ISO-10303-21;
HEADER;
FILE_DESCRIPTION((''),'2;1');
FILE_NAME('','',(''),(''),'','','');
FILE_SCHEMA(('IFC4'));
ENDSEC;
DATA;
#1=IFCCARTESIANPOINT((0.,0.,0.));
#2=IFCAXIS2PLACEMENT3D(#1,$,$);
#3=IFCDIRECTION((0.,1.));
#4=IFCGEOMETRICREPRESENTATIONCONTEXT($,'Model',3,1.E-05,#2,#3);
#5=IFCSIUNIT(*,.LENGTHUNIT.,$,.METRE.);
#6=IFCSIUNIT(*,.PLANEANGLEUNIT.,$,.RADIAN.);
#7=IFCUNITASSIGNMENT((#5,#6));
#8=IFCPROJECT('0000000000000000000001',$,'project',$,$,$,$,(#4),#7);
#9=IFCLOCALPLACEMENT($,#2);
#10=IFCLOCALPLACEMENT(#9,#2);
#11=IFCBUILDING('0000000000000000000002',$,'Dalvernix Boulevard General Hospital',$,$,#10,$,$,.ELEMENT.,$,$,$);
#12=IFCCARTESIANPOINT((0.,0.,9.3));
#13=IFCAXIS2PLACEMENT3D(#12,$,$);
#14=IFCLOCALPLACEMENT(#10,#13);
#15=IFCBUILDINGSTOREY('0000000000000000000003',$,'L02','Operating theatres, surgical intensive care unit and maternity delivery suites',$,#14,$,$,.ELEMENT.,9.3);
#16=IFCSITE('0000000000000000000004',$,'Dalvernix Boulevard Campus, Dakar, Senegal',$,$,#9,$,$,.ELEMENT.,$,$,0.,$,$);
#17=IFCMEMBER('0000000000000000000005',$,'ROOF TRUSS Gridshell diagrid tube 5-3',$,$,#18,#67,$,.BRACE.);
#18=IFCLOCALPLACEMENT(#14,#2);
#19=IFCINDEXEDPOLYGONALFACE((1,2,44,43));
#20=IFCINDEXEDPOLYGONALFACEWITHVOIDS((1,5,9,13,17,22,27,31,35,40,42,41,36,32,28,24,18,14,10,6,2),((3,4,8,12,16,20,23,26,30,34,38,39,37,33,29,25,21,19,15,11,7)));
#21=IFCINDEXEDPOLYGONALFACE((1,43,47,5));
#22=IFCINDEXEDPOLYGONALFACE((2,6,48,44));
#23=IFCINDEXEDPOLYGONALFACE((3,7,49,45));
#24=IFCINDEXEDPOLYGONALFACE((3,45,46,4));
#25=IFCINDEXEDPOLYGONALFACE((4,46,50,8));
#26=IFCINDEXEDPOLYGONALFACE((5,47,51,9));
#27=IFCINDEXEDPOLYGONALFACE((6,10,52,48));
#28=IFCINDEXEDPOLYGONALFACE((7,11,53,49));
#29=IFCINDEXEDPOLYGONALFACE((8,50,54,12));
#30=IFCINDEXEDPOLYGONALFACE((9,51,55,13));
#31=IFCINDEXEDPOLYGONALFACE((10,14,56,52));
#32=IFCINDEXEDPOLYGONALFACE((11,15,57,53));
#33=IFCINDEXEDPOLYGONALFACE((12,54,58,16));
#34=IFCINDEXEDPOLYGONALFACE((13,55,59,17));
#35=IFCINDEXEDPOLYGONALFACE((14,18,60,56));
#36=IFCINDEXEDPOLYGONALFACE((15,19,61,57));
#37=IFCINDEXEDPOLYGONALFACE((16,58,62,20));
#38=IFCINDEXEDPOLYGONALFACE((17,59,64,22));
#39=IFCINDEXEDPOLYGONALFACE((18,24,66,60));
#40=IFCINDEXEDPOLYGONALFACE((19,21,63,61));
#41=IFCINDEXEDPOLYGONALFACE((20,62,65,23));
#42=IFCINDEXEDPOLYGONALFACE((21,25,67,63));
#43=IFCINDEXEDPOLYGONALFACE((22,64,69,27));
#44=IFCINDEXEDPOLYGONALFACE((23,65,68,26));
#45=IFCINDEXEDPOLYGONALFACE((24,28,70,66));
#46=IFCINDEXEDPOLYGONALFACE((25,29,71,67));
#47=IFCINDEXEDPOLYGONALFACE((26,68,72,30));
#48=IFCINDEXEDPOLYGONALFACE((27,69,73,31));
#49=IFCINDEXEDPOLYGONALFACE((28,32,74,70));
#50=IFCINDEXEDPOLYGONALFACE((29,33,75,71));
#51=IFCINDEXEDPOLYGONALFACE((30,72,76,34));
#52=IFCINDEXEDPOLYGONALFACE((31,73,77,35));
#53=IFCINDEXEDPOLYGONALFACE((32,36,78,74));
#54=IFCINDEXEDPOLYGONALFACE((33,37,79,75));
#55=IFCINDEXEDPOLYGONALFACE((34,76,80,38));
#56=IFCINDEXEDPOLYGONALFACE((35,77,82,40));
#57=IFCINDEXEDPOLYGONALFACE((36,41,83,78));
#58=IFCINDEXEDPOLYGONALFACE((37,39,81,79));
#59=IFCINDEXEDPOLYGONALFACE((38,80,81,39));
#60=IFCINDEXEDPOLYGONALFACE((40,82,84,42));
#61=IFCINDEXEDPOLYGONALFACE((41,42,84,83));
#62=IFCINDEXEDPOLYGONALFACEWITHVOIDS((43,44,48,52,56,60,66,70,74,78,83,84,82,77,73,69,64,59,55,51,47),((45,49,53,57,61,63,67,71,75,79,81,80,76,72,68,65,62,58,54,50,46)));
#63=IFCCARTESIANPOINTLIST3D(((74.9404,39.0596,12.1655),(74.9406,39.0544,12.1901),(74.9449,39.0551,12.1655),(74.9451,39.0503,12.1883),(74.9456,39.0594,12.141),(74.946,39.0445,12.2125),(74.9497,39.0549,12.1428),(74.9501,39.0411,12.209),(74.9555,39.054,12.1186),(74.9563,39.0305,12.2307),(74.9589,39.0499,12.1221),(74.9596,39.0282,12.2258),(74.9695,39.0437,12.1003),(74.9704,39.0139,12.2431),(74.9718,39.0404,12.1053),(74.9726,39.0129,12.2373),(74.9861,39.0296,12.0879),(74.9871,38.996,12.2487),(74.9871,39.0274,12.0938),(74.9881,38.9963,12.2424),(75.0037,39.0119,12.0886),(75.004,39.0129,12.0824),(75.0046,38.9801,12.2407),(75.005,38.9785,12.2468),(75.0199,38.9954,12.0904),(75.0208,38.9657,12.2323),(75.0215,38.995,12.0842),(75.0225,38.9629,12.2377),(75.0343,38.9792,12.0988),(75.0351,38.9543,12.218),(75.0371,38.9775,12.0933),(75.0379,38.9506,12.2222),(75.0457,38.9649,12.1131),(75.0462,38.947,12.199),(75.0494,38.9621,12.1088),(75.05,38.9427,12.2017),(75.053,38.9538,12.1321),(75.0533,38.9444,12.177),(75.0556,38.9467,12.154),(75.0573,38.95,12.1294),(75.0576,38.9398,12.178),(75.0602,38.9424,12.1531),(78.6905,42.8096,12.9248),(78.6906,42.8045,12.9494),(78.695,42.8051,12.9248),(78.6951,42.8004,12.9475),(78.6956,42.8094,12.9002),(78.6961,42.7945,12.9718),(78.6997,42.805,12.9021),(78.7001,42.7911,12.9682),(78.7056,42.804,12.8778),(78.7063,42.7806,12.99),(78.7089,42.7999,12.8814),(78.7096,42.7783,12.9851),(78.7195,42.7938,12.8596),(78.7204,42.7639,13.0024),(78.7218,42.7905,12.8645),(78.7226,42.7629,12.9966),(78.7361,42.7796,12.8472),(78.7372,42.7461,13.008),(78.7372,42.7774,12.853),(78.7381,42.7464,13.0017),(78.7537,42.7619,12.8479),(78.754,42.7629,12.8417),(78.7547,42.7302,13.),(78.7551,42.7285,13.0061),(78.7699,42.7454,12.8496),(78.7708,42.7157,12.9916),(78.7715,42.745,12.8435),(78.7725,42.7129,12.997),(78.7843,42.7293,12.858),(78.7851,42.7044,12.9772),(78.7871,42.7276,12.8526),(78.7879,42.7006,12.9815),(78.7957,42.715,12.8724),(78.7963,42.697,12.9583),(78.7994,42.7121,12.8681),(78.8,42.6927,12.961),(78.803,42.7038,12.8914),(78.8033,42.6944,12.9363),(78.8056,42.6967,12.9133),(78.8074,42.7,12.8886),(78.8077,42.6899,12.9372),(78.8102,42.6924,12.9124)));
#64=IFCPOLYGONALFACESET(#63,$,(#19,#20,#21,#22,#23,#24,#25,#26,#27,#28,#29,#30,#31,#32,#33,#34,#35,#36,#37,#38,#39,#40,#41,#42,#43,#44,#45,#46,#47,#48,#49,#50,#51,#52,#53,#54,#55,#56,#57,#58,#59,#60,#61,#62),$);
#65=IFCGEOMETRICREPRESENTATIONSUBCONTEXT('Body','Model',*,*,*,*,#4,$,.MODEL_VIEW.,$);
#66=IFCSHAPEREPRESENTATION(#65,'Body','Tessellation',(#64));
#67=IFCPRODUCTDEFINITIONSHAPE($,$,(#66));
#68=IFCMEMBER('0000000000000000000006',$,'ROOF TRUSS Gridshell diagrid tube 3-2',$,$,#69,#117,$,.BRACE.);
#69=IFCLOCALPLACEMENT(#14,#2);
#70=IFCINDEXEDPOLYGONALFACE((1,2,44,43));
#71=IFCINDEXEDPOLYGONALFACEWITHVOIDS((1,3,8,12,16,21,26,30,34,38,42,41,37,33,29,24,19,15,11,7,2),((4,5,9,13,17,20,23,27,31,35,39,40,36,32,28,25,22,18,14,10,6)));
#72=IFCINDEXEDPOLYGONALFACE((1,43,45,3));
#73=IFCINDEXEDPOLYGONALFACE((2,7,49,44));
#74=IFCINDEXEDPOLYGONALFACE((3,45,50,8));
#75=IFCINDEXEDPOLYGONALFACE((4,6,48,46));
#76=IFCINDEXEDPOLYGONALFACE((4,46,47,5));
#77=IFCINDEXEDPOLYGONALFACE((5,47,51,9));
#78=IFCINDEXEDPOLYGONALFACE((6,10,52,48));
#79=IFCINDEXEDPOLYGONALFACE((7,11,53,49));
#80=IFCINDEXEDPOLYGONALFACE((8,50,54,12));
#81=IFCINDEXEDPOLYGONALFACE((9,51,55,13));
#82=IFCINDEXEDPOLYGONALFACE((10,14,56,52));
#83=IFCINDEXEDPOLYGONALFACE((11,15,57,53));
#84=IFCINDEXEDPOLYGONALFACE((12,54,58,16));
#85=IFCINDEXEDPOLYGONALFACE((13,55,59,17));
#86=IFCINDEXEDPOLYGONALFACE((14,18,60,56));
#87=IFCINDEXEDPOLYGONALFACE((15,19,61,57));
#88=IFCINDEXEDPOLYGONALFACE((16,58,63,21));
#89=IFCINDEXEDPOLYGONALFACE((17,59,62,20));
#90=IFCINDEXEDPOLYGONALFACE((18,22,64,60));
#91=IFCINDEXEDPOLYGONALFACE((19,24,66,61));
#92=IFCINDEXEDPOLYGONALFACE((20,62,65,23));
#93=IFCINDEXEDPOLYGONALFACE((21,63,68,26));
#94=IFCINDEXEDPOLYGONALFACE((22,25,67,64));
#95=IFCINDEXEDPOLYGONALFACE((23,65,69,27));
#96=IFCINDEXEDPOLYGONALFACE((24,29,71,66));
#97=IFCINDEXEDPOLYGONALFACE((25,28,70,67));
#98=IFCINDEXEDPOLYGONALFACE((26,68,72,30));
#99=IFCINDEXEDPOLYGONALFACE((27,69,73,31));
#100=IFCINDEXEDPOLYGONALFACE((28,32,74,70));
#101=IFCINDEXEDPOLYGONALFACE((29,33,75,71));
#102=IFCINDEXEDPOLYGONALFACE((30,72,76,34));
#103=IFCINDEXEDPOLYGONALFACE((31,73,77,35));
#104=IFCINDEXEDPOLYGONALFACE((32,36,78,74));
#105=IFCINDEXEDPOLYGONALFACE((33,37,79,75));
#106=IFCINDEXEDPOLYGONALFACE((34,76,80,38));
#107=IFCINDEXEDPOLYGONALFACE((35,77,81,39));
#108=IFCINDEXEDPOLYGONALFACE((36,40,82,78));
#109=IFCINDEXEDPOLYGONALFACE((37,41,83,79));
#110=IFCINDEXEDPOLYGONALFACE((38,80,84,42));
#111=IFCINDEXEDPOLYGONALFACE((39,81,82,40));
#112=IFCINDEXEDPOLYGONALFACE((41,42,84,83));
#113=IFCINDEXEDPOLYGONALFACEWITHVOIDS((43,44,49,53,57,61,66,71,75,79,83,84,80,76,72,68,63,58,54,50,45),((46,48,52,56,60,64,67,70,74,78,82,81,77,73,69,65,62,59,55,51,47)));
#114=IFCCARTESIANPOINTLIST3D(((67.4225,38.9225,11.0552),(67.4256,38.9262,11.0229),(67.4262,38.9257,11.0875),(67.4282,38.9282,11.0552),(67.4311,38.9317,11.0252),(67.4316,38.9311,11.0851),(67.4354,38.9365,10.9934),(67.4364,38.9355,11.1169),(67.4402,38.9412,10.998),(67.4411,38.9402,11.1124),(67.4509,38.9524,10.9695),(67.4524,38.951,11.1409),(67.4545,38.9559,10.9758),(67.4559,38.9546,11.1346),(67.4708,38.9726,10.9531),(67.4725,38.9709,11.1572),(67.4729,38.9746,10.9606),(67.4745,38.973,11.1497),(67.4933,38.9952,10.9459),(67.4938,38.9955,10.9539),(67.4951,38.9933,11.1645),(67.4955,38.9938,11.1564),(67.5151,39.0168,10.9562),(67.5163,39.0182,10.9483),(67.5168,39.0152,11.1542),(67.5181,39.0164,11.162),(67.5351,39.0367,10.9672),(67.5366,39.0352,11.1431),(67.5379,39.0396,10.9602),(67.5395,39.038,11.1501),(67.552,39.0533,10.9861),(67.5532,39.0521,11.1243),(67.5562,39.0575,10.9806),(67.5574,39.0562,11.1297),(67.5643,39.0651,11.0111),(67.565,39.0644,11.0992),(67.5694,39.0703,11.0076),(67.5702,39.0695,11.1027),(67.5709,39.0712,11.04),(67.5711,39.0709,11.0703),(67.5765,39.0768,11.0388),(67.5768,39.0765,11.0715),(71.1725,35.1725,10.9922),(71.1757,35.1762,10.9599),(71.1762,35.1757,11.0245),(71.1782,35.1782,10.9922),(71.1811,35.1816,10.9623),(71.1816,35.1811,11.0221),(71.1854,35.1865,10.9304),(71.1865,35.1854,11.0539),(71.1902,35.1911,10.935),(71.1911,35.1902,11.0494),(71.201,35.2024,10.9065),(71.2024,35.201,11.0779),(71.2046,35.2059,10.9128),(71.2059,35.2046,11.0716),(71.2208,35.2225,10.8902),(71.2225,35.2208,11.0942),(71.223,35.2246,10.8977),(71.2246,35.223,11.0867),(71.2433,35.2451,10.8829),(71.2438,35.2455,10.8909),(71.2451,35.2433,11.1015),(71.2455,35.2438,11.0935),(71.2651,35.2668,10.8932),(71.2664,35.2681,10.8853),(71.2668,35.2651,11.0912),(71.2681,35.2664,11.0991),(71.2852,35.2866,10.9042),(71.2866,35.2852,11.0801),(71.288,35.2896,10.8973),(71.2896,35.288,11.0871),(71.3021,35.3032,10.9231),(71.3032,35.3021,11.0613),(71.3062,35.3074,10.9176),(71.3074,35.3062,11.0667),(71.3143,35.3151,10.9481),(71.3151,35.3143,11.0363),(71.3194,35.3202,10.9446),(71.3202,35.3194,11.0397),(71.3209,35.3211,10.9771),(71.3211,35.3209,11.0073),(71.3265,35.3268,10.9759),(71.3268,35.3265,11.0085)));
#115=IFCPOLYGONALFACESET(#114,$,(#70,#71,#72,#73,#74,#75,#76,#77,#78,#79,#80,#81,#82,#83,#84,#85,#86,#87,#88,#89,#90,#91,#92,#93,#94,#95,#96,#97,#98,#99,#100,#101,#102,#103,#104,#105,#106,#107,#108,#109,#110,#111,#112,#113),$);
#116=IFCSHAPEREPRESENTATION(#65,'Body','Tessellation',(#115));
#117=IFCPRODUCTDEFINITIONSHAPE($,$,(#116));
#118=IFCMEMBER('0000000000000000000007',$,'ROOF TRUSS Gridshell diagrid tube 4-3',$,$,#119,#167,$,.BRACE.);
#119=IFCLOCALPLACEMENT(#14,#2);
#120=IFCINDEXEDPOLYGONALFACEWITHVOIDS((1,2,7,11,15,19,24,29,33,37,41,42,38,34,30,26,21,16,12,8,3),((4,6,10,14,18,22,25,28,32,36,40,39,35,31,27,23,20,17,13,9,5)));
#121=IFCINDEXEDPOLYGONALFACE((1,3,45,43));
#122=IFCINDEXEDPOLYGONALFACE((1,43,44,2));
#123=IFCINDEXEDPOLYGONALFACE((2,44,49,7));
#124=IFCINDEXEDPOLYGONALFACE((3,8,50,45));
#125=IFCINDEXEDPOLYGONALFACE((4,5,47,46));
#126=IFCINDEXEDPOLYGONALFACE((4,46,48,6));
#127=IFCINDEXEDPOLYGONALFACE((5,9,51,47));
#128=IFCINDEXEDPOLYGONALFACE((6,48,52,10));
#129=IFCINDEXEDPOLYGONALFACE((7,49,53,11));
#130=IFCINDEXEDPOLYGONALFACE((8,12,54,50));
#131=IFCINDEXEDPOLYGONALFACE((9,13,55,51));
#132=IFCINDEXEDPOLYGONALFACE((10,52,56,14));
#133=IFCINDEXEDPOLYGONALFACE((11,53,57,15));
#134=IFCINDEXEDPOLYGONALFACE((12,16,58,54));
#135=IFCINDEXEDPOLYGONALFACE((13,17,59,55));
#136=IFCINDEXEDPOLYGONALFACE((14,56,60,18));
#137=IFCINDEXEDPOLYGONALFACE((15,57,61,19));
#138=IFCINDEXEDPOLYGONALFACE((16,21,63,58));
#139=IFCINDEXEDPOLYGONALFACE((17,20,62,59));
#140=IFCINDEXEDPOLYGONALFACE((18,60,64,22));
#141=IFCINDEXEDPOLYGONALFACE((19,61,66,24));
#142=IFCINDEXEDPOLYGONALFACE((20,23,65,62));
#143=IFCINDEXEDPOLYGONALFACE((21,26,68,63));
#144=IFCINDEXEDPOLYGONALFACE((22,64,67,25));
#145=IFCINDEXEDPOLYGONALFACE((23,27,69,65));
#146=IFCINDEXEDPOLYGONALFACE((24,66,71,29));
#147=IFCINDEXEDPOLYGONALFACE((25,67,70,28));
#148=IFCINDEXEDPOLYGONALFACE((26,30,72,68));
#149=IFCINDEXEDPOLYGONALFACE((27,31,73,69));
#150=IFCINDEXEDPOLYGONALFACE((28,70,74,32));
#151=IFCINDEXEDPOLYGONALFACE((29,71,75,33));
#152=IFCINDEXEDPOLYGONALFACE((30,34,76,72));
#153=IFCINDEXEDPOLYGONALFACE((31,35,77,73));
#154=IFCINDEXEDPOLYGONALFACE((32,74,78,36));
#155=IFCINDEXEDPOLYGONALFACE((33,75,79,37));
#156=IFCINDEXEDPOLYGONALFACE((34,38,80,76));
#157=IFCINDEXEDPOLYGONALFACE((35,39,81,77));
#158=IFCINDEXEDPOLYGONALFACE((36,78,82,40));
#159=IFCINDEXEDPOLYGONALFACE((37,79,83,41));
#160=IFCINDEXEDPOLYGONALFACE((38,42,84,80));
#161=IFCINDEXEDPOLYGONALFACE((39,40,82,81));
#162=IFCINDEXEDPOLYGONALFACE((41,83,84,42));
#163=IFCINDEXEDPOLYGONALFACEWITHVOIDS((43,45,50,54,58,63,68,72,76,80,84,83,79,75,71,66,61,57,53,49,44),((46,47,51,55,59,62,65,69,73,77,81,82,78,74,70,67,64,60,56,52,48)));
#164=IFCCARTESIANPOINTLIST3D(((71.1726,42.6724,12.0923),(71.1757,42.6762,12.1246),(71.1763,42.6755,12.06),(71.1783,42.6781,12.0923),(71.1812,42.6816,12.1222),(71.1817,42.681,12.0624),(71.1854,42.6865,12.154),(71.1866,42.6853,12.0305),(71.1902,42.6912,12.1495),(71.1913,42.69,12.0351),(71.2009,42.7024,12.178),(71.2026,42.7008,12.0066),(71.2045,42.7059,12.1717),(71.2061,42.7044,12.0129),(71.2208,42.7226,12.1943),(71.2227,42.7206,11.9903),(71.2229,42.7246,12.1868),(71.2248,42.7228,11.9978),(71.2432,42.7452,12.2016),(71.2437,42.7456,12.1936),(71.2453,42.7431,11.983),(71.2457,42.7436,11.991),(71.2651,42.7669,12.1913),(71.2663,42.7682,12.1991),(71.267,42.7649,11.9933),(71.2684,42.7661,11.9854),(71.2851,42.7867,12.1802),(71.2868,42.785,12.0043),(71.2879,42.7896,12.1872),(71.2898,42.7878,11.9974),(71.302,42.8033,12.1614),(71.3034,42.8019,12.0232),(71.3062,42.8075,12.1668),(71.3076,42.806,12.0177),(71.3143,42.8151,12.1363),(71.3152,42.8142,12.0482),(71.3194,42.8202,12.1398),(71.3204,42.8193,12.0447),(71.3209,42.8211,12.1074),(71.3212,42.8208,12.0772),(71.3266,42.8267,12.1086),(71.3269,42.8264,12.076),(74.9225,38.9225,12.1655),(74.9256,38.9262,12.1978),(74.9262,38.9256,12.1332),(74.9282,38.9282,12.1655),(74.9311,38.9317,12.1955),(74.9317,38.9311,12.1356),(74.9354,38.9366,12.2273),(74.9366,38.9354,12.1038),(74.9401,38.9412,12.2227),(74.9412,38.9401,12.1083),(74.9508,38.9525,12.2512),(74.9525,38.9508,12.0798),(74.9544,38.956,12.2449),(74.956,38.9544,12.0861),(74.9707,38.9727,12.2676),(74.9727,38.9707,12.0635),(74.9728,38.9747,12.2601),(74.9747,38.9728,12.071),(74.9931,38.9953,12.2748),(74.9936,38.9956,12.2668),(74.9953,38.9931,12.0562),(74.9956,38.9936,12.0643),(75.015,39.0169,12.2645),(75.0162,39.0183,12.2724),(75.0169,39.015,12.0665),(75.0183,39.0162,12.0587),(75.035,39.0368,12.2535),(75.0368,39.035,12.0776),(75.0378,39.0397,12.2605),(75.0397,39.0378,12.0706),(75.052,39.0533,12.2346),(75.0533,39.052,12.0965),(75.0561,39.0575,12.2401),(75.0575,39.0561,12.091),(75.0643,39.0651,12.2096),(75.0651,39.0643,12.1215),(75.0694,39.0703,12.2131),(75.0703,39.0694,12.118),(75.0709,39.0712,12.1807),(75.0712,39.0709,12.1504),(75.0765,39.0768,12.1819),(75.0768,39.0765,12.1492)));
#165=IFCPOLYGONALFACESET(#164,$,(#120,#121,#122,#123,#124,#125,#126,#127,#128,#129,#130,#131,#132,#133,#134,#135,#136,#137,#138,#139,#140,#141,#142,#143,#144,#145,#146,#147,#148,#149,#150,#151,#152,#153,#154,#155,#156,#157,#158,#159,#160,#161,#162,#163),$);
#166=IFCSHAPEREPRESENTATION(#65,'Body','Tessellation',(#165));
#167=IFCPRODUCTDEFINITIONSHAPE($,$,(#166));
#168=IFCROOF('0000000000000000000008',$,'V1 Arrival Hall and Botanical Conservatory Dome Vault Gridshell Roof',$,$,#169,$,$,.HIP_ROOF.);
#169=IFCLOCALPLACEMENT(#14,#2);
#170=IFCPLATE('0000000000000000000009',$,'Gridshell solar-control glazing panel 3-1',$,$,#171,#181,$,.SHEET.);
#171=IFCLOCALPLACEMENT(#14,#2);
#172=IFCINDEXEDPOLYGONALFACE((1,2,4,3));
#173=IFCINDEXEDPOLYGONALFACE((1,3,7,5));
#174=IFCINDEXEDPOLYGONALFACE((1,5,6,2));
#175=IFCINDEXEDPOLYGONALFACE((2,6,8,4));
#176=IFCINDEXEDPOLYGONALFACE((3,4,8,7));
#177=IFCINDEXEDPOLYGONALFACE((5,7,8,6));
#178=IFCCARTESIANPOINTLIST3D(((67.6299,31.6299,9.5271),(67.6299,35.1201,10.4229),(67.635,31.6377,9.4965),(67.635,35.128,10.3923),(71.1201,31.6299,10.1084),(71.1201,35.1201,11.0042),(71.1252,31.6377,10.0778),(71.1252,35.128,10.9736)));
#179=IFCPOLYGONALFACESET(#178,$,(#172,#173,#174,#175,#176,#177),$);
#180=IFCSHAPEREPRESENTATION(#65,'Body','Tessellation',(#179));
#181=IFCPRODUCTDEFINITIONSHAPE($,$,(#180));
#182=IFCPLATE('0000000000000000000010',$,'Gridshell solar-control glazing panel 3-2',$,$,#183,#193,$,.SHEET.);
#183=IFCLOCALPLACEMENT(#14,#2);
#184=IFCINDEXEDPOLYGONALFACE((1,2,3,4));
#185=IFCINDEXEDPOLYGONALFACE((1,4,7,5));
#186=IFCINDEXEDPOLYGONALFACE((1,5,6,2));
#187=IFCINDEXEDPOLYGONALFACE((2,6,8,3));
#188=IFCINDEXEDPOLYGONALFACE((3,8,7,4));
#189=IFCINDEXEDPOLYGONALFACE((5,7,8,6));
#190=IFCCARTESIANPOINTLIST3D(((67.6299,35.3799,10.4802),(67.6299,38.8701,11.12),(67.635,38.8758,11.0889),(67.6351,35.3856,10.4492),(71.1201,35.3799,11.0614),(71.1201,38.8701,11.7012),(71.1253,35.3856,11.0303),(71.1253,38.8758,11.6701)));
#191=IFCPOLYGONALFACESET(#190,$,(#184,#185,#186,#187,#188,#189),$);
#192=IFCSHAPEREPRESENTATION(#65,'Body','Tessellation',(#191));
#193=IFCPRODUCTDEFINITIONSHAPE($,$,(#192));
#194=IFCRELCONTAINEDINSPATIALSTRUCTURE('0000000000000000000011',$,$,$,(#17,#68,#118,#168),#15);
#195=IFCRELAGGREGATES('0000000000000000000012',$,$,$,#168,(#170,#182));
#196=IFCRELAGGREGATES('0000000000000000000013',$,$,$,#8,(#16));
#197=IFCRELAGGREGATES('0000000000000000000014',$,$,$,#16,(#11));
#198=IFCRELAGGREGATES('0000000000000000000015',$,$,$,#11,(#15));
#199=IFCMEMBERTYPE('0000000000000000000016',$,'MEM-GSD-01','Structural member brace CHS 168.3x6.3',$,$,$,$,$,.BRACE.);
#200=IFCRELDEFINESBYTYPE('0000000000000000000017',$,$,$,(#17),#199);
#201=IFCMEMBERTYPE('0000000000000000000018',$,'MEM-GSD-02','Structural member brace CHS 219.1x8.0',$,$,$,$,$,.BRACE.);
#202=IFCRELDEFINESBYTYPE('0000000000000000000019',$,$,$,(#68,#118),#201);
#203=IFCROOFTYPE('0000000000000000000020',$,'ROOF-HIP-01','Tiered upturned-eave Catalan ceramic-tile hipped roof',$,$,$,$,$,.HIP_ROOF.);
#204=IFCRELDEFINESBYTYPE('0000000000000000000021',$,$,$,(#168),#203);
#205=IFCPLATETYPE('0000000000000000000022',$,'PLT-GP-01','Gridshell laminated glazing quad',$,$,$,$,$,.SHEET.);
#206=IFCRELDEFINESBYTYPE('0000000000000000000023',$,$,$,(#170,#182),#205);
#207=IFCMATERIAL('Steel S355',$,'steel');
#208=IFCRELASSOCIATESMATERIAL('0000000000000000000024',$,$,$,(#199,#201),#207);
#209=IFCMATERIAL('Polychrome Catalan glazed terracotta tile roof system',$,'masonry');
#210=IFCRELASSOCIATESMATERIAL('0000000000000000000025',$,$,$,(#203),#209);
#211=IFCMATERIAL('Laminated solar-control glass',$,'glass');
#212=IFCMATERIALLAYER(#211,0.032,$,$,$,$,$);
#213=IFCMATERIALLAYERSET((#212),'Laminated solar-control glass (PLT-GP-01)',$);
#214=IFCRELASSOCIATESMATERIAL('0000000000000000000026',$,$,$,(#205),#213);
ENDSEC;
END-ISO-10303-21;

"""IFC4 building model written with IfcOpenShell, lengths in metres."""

from ifc_helpers import new_model, si_unit, direction, frame, origin, origin_2d, place, context, subcontext, project, spatial, polyline, hollow_circle, outline, extrude, material, layer, layer_set, material_profile, profile_set, type_object, element, aggregate, save


model = new_model("IFC4")

# Units and contexts
model_context = context("Model", 3, precision=1e-05, world=origin(), true_north=direction((0.0, 1.0)))
body_context = subcontext(model_context, "Body", "Model", "MODEL_VIEW")
ifc_project = project(units=[si_unit("LENGTHUNIT", "METRE"), si_unit("PLANEANGLEUNIT", "RADIAN")], contexts=[model_context])

# Site, building, storey
site_placement = place(None, origin())
site = spatial("IfcSite", under=ifc_project, at=site_placement, Name="Dalvernix Boulevard Campus, Dakar, Senegal", CompositionType="ELEMENT", RefElevation=0.0)
building_placement = place(site_placement, origin())
building = spatial("IfcBuilding", under=site, at=building_placement, Name="Dalvernix Boulevard General Hospital", CompositionType="ELEMENT")
storey_placement = place(building_placement, frame((0.0, 0.0, 9.3)))
storey = spatial("IfcBuildingStorey", under=building, at=storey_placement, Name="L02", Description="Operating theatres, surgical intensive care unit and maternity delivery suites", CompositionType="ELEMENT", Elevation=9.3)

# Members
ifc_material_1 = material(Name="Steel S355", Category="steel")
ifc_material_profile_1 = material_profile(ifc_material_1, hollow_circle(Radius=0.0842, WallThickness=0.0063, at=origin_2d()), Name="CHS 168.3x6.3")
ifc_profile_set_1 = profile_set([ifc_material_profile_1], Name="Steel S355")
member_type_1 = type_object("IfcMemberType", Name="MEM-GSD-01", Description="Structural member brace CHS 168.3x6.3", PredefinedType="BRACE", material=ifc_profile_set_1)
member_1_placement = place(storey_placement, frame((75.0, 39.0, 12.1655), z_axis=(0.699969, 0.699969, 0.141726), x_axis=(-0.707107, 0.707107, 0.0)))
element("IfcMember", 1, at=member_1_placement, inside=storey, type_object=member_type_1, Name="ROOF TRUSS Gridshell diagrid tube 5-3", PredefinedType="BRACE", context=body_context, shape_type="SweptSolid", body=[
    extrude(hollow_circle(Radius=0.0842, WallThickness=0.0063, at=origin_2d()), origin(), (0.0, 0.0, 1.0), 5.3574),
])
ifc_material_profile_2 = material_profile(ifc_material_1, hollow_circle(Radius=0.1096, WallThickness=0.0081, at=origin_2d()), Name="CHS 219.1x8.0")
ifc_profile_set_2 = profile_set([ifc_material_profile_2], Name="Steel S355")
member_type_2 = type_object("IfcMemberType", Name="MEM-GSD-02", Description="Structural member brace CHS 219.1x8.0", PredefinedType="BRACE", material=ifc_profile_set_2)
for number, where, z_axis, x_axis, name in (
    (2, (71.25, 35.25, 10.9922), (-0.707057, 0.707057, 0.011876), (-0.707107, -0.707107, 0.0), "ROOF TRUSS Gridshell diagrid tube 3-2"),
    (3, (75.0, 39.0, 12.1655), (-0.707039, 0.707039, -0.013809), (-0.707107, -0.707107, 0.0), "ROOF TRUSS Gridshell diagrid tube 4-3"),
):
    element("IfcMember", number, at=place(storey_placement, frame(where, z_axis=z_axis, x_axis=x_axis)), inside=storey, type_object=member_type_2, Name=name, PredefinedType="BRACE", context=body_context, shape_type="SweptSolid", body=[
        extrude(hollow_circle(Radius=0.1096, WallThickness=0.0081, at=origin_2d()), origin(), (0.0, 0.0, 1.0), 5.3037),
    ])

# Roof, plates
ifc_material_2 = material(Name="Polychrome Catalan glazed terracotta tile roof system", Category="masonry")
roof_type = type_object("IfcRoofType", Name="ROOF-HIP-01", Description="Tiered upturned-eave Catalan ceramic-tile hipped roof", PredefinedType="HIP_ROOF", material=ifc_material_2)
roof_placement = place(storey_placement, origin())
roof = element("IfcRoof", 4, at=roof_placement, inside=storey, type_object=roof_type, Name="V1 Arrival Hall and Botanical Conservatory Dome Vault Gridshell Roof", PredefinedType="HIP_ROOF")
ifc_material_3 = material(Name="Laminated solar-control glass", Category="glass")
ifc_layer_1 = layer(ifc_material_3, 0.032)
ifc_layer_set_1 = layer_set([ifc_layer_1], Name="Laminated solar-control glass (PLT-GP-01)")
plate_type_1 = type_object("IfcPlateType", Name="PLT-GP-01", Description="Gridshell laminated glazing quad", PredefinedType="SHEET", material=ifc_layer_set_1)
plate_1_placement = place(storey_placement, frame((67.6299, 31.6299, 9.5271), z_axis=(-0.159263, -0.245416, 0.956246), x_axis=(0.986413, 0.0, 0.164287)))
plate_1 = element("IfcPlate", 5, at=plate_1_placement, type_object=plate_type_1, Name="Gridshell solar-control glazing panel 3-1", PredefinedType="SHEET", context=body_context, shape_type="SweptSolid", body=[
    extrude(outline(polyline([(0.0, 0.0), (3.5383, 0.0), (3.6855, 3.6003), (0.1472, 3.6003), (0.0, 0.0)])), origin(), (0.0, 0.0, -1.0), 0.032),
])
plate_2_placement = place(storey_placement, frame((67.6299, 35.3799, 10.4802), z_axis=(-0.161633, -0.177928, 0.970678), x_axis=(0.986418, -0.000006, 0.164252)))
plate_2 = element("IfcPlate", 6, at=plate_2_placement, type_object=plate_type_1, Name="Gridshell solar-control glazing panel 3-2", PredefinedType="SHEET", context=body_context, shape_type="SweptSolid", body=[
    extrude(outline(polyline([(0.0, 0.0), (3.5383, 0.0), (3.6434, 3.5469), (0.105, 3.5468), (0.0, 0.0)])), origin(), (0.0, 0.0, -1.0), 0.032),
])
aggregate(roof, [plate_1, plate_2])

save(model, "model.ifc")
